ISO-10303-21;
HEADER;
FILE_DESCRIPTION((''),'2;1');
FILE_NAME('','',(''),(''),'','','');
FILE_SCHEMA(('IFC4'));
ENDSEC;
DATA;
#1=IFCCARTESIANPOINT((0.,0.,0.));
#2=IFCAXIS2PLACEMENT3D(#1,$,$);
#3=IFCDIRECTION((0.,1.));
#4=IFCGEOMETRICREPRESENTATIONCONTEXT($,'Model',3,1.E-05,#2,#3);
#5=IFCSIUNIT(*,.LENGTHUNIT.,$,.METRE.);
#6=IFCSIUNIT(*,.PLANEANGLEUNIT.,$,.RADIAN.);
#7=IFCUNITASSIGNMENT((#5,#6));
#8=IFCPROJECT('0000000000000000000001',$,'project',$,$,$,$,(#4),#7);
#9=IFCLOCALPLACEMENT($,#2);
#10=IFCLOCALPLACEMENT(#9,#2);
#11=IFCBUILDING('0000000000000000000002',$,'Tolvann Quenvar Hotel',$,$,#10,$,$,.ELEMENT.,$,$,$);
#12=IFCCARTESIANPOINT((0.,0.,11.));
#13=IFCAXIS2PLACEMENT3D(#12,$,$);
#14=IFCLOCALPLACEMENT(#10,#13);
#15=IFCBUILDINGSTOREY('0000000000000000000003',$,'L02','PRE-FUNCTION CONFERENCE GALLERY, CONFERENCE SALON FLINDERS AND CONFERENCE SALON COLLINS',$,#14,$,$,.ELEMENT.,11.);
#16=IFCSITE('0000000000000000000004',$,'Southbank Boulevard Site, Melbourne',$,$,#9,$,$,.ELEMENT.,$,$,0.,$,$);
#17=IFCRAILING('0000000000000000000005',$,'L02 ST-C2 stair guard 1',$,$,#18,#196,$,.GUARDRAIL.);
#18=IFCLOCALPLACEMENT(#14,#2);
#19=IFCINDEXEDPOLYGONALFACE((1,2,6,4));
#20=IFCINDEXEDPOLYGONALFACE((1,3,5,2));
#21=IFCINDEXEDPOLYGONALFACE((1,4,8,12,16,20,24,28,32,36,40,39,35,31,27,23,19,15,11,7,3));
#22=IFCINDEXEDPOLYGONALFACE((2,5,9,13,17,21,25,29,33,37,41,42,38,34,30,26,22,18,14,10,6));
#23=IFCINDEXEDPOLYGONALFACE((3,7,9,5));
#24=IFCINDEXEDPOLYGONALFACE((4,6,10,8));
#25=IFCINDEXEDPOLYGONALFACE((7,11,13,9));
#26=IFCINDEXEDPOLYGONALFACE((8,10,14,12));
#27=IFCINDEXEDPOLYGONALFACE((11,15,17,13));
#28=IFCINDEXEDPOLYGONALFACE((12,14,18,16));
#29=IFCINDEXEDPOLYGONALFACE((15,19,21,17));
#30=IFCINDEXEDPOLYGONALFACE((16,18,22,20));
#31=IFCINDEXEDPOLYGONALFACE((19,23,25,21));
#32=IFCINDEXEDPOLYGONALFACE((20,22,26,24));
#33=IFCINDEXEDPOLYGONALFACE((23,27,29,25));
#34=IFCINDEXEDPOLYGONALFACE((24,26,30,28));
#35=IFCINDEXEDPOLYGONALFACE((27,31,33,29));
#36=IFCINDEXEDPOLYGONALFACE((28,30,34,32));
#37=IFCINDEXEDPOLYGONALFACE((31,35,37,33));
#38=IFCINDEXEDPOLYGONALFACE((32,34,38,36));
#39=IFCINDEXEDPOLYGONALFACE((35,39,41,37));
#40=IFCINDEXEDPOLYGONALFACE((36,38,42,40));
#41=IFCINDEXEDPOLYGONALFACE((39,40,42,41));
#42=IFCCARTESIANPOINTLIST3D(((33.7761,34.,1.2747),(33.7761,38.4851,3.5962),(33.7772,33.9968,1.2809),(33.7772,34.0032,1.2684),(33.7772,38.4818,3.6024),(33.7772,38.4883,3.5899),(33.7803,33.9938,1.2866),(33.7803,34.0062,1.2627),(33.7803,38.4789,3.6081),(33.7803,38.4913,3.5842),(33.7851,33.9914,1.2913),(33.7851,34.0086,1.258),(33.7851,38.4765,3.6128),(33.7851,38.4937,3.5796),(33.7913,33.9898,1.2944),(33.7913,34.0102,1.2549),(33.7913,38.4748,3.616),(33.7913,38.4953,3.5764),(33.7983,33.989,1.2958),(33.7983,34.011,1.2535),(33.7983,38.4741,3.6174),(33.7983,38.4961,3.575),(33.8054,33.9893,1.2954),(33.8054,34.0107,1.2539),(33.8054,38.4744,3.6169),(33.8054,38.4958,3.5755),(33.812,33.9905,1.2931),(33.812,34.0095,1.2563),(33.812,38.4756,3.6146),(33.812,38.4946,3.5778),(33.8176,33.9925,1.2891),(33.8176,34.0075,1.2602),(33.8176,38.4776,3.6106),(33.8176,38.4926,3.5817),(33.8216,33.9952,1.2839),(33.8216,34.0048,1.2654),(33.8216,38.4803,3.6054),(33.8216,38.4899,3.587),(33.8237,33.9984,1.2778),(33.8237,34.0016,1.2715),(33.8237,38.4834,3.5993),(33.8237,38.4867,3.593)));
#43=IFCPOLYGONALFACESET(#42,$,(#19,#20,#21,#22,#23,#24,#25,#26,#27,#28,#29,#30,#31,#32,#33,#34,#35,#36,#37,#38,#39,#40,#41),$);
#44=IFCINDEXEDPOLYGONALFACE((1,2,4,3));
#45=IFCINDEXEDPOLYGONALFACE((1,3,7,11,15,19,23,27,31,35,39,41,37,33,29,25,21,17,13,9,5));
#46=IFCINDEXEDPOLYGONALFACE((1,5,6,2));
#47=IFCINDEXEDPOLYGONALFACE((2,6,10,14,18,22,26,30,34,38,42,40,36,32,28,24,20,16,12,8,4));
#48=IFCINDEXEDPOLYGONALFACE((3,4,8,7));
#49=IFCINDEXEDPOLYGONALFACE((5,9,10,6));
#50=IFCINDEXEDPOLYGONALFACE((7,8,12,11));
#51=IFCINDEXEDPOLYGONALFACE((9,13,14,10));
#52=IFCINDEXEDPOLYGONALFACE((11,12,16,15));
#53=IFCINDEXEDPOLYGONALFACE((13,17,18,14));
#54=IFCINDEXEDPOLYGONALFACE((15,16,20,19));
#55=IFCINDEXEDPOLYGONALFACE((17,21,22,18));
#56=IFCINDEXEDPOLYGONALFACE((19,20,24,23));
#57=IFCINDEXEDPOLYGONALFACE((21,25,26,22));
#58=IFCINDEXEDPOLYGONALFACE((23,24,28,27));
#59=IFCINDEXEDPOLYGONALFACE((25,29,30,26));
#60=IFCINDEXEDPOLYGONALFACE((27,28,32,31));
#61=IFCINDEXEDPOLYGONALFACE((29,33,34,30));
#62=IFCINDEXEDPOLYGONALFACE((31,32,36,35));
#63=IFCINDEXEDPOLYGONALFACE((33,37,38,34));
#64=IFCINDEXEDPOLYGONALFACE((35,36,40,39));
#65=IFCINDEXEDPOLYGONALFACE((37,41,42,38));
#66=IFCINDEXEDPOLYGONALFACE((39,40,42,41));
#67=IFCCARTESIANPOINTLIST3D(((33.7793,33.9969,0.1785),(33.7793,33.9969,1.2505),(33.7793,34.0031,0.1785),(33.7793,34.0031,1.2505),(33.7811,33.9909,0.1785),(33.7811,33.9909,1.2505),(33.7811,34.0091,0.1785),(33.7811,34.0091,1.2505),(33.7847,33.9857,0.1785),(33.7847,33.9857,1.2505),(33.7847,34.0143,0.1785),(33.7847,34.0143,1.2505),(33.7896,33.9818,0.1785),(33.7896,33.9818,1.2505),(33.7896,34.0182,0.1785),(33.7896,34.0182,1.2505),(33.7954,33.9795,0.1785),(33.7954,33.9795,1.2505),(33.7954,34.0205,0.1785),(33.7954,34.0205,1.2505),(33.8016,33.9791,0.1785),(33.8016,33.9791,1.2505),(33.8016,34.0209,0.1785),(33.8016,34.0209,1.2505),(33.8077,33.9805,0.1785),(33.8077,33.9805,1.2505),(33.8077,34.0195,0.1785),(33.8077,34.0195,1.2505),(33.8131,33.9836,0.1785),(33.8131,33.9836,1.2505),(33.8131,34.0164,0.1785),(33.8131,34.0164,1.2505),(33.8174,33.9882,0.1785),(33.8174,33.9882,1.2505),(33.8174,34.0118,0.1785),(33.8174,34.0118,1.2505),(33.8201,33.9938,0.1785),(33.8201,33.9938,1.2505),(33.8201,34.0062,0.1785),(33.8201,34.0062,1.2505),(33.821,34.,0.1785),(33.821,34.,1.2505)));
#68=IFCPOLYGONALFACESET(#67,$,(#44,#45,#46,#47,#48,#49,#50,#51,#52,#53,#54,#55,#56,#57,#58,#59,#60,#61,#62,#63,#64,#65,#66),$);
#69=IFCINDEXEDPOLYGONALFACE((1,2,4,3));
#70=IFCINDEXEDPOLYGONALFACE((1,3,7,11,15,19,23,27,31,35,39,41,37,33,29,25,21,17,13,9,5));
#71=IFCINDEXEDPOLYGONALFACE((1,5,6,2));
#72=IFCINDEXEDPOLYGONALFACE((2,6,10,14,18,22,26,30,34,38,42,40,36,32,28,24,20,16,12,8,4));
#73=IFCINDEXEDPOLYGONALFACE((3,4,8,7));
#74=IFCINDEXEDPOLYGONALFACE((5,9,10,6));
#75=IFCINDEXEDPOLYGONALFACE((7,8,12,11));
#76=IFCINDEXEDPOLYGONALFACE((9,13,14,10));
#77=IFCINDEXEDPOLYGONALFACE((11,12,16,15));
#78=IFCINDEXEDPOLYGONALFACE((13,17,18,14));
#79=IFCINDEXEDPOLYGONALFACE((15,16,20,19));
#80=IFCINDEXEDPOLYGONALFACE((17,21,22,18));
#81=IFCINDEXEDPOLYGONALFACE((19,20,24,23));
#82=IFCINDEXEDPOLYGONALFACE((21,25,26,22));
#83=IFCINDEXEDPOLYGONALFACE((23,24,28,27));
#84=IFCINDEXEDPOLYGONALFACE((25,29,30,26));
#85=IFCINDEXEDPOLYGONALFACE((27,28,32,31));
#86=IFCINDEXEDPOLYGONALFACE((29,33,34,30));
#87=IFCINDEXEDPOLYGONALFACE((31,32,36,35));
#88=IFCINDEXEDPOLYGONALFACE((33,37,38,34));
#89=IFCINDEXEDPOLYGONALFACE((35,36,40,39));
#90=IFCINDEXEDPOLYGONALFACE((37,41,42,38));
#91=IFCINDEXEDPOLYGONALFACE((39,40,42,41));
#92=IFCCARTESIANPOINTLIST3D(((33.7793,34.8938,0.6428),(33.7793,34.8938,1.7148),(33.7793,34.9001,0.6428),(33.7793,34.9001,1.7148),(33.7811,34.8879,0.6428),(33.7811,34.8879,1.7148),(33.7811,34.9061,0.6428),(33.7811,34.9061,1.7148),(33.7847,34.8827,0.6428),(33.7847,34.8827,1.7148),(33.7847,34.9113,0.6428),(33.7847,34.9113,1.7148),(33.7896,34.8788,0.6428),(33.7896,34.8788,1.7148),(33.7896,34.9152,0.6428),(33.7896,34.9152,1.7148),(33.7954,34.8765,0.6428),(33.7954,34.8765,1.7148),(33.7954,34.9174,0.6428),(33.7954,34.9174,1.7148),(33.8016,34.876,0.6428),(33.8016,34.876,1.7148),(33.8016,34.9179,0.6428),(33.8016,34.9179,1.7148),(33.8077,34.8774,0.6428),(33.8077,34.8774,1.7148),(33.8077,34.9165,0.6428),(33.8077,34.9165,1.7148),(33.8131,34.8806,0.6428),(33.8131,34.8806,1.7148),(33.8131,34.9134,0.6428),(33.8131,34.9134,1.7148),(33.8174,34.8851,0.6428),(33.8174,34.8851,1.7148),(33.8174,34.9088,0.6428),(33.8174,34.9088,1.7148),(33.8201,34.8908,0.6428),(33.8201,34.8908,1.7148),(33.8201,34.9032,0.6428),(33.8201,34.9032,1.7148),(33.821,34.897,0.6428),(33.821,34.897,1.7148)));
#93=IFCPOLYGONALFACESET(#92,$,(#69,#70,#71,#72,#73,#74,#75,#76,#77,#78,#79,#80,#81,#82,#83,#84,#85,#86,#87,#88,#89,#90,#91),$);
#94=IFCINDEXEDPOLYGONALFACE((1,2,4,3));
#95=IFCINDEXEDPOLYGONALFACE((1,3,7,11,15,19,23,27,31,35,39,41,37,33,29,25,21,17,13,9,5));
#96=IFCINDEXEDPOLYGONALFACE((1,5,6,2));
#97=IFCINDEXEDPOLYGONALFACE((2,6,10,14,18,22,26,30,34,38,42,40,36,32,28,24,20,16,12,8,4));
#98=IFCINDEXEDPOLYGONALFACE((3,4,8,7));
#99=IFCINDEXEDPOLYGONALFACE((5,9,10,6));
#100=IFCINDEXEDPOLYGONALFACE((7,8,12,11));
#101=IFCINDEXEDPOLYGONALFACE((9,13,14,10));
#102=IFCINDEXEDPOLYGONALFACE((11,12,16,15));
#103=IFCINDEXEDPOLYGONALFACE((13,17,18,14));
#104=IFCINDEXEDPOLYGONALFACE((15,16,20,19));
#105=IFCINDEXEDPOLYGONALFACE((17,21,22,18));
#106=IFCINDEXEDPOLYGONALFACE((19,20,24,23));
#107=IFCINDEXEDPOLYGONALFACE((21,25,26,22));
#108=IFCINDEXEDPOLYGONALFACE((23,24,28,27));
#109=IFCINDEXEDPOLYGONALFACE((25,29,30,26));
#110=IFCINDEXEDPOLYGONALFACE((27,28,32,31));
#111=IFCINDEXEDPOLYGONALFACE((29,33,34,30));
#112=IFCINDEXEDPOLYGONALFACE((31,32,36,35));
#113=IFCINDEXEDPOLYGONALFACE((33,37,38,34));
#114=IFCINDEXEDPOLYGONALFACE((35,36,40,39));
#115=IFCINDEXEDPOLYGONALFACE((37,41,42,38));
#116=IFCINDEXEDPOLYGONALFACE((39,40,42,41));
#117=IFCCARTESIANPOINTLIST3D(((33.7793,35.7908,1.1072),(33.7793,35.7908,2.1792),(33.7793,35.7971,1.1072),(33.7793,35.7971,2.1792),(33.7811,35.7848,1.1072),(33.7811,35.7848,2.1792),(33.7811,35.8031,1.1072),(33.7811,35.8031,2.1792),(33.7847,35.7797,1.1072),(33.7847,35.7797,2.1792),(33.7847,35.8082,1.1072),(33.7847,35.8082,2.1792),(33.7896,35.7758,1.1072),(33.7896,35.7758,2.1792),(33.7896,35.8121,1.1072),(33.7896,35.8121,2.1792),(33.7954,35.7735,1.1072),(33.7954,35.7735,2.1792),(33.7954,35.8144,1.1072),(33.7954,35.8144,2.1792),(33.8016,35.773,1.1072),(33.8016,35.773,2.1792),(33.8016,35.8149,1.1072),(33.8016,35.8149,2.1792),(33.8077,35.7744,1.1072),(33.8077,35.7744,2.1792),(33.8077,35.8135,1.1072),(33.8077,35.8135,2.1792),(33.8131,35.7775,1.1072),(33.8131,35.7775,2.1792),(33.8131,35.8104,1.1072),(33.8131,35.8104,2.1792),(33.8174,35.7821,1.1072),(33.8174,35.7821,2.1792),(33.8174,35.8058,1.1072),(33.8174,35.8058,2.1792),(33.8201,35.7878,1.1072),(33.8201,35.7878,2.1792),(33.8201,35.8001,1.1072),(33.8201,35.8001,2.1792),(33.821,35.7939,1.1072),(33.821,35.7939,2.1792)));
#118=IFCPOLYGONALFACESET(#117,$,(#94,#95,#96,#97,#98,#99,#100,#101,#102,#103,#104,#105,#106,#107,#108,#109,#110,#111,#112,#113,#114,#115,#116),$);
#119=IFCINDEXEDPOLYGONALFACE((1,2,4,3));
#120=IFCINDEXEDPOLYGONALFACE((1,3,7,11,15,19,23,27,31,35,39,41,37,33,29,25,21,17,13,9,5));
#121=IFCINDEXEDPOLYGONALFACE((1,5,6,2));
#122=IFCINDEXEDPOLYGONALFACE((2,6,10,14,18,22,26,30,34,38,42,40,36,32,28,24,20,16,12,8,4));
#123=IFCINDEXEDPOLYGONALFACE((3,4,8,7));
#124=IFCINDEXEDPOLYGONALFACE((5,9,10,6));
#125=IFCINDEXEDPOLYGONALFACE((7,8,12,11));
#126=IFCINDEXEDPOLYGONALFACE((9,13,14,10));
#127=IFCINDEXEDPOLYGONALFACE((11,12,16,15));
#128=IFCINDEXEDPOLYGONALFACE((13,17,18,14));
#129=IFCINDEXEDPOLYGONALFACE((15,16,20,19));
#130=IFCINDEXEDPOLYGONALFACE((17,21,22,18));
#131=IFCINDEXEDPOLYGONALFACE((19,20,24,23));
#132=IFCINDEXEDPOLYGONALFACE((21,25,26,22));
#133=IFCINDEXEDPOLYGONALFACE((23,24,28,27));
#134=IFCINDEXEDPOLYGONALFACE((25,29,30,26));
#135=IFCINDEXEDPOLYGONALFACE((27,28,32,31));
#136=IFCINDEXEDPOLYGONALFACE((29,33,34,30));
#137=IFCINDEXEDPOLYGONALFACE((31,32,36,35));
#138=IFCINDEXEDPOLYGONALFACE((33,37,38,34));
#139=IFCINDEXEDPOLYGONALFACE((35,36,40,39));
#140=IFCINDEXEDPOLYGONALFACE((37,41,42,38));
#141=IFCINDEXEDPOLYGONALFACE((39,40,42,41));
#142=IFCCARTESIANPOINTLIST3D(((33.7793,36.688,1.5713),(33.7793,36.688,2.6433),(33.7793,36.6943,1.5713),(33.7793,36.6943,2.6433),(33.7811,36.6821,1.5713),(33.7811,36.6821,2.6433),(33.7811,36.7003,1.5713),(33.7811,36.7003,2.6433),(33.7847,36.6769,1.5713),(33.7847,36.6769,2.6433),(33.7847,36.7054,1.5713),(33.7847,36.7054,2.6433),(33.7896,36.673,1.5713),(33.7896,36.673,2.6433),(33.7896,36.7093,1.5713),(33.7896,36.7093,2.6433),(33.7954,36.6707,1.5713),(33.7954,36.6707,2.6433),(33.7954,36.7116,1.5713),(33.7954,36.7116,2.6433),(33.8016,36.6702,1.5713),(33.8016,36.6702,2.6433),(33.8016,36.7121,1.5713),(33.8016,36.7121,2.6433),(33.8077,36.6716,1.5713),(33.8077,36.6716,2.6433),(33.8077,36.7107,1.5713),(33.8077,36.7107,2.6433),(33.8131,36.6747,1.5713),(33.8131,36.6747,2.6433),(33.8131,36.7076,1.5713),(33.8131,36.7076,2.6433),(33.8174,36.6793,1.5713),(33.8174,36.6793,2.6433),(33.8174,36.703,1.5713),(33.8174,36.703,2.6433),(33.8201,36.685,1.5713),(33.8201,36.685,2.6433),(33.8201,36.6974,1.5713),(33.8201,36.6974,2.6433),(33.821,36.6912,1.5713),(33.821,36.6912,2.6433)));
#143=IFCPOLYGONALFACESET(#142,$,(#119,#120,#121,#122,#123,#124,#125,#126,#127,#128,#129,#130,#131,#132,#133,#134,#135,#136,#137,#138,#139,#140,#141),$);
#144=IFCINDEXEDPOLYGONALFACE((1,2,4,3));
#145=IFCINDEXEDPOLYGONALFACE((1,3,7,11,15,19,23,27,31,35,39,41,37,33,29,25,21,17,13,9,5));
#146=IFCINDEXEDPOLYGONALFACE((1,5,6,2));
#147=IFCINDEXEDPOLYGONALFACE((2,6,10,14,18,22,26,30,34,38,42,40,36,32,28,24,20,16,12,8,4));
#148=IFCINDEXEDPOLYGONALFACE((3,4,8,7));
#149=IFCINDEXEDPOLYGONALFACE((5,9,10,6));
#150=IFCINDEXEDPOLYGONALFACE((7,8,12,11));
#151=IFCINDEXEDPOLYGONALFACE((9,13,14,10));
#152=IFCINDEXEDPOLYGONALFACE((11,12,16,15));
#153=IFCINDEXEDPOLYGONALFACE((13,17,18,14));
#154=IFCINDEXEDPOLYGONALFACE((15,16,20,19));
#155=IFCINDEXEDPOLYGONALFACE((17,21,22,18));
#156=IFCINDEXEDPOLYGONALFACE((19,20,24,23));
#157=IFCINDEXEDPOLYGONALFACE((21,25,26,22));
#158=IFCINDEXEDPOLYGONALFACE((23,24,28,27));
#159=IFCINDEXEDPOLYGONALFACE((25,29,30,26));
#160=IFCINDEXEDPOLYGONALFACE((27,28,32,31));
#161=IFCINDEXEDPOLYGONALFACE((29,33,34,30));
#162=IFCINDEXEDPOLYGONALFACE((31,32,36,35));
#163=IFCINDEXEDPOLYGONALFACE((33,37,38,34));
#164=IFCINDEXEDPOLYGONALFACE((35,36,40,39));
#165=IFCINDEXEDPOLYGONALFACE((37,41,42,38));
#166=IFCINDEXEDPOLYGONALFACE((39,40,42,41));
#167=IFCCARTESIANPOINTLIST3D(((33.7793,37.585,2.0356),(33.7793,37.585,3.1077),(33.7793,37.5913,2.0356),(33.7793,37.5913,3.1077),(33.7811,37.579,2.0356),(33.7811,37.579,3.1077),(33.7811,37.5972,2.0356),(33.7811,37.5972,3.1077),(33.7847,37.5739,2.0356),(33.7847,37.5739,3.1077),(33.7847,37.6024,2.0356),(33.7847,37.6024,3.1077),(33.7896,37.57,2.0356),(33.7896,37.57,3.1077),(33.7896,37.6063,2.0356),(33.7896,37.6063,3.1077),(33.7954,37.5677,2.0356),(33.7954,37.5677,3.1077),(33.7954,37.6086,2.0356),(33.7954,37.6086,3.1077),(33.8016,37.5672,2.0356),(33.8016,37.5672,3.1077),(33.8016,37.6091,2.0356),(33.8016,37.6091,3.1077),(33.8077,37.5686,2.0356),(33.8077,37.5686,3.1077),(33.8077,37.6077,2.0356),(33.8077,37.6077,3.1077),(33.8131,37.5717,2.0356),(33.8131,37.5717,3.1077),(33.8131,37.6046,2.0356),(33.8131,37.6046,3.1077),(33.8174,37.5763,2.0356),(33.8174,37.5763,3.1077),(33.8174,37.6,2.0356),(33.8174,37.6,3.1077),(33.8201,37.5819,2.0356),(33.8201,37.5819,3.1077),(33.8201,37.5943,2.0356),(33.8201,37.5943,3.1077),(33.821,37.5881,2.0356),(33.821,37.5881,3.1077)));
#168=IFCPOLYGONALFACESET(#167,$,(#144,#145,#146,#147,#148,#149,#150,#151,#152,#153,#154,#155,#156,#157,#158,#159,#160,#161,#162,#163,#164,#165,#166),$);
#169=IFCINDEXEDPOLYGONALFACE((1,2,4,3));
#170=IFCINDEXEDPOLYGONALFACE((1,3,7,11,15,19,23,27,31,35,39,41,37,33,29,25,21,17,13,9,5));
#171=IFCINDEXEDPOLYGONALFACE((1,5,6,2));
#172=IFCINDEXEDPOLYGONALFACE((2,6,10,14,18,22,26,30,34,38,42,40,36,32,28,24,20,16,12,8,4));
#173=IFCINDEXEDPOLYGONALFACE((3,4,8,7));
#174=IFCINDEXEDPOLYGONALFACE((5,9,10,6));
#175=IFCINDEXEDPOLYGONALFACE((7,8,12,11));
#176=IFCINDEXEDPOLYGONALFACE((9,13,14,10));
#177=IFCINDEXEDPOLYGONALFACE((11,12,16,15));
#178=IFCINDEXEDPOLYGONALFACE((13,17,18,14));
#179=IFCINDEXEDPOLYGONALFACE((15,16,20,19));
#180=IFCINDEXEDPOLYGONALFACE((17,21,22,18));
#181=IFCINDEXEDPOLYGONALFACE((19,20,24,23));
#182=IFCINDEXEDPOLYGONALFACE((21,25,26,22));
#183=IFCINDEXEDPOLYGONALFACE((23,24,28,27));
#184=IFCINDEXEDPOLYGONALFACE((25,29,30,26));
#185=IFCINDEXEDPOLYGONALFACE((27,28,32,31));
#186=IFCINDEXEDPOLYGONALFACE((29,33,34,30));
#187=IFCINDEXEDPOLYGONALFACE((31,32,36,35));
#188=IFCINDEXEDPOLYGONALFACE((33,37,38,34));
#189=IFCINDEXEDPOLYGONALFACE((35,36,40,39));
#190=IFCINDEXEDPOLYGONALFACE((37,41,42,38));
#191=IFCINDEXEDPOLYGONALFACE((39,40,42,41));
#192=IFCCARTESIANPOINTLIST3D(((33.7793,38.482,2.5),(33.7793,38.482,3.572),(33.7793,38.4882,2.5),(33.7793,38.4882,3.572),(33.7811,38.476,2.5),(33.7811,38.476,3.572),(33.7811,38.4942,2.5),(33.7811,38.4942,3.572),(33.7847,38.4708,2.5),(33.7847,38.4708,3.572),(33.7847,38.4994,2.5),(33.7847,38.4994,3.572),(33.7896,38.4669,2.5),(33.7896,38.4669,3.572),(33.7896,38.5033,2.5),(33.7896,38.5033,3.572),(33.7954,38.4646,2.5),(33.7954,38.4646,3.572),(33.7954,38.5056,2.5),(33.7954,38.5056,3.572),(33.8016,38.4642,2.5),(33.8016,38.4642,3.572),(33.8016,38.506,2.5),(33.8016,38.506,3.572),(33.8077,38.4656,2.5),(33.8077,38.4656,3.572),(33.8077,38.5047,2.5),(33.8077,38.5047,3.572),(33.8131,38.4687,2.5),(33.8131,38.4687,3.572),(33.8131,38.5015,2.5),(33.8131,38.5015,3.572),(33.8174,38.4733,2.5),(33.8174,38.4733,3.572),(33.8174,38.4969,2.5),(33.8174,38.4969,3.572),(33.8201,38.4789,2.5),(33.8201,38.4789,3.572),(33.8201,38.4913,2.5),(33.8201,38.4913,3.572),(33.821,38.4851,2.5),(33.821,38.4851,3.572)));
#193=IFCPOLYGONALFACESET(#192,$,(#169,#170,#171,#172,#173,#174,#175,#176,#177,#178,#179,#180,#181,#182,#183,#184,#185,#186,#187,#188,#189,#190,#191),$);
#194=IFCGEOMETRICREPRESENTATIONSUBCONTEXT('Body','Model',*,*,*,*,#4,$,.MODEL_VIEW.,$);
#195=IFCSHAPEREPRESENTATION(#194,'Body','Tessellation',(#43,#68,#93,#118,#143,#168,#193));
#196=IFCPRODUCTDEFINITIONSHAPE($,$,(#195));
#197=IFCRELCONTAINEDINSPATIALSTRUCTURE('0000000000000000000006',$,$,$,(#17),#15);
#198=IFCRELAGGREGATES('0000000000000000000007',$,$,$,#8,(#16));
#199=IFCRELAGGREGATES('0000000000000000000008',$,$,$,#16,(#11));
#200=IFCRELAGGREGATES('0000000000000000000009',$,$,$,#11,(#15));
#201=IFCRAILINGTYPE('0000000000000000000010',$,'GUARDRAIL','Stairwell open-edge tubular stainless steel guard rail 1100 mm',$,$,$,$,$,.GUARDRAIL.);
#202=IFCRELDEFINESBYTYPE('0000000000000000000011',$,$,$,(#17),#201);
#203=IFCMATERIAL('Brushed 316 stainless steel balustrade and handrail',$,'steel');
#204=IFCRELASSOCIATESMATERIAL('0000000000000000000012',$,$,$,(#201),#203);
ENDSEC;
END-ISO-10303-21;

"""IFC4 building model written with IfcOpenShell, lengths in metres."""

from ifc_helpers import new_model, si_unit, direction, frame, origin, origin_2d, place, context, subcontext, project, spatial, circle, extrude, material, type_object, element, save


model = new_model("IFC4")

# Units and contexts
model_context = context("Model", 3, precision=1e-05, world=origin(), true_north=direction((0.0, 1.0)))
body_context = subcontext(model_context, "Body", "Model", "MODEL_VIEW")
ifc_project = project(units=[si_unit("LENGTHUNIT", "METRE"), si_unit("PLANEANGLEUNIT", "RADIAN")], contexts=[model_context])

# Site, building, storey
site_placement = place(None, origin())
site = spatial("IfcSite", under=ifc_project, at=site_placement, Name="Southbank Boulevard Site, Melbourne", CompositionType="ELEMENT", RefElevation=0.0)
building_placement = place(site_placement, origin())
building = spatial("IfcBuilding", under=site, at=building_placement, Name="Tolvann Quenvar Hotel", CompositionType="ELEMENT")
storey_placement = place(building_placement, frame((0.0, 0.0, 11.0)))
storey = spatial("IfcBuildingStorey", under=building, at=storey_placement, Name="L02", Description="PRE-FUNCTION CONFERENCE GALLERY, CONFERENCE SALON FLINDERS AND CONFERENCE SALON COLLINS", CompositionType="ELEMENT", Elevation=11.0)

# Railing
ifc_material_1 = material(Name="Brushed 316 stainless steel balustrade and handrail", Category="steel")
railing_type_1 = type_object("IfcRailingType", Name="GUARDRAIL", Description="Stairwell open-edge tubular stainless steel guard rail 1100 mm", PredefinedType="GUARDRAIL", material=ifc_material_1)
railing_1_placement = place(storey_placement, frame((33.8, 34.0, 0.1785)))
element("IfcRailing", 1, at=railing_1_placement, inside=storey, type_object=railing_type_1, Name="L02 ST-C2 stair guard 1", PredefinedType="GUARDRAIL", context=body_context, shape_type="SweptSolid", body=[
    extrude(circle(Radius=0.0239, at=origin_2d()), frame((0.0, 0.0, 1.0962), z_axis=(0.0, 0.888084, 0.459681), x_axis=(-1.0, 0.0, 0.0)), (0.0, 0.0, 1.0), 5.0503),
    extrude(circle(Radius=0.021, at=origin_2d()), origin(), (0.0, 0.0, 1.0), 1.072),
    extrude(circle(Radius=0.021, at=origin_2d()), frame((0.0, 0.897, 0.4644)), (0.0, 0.0, 1.0), 1.072),
    extrude(circle(Radius=0.021, at=origin_2d()), frame((0.0, 1.7939, 0.9287)), (0.0, 0.0, 1.0), 1.072),
    extrude(circle(Radius=0.021, at=origin_2d()), frame((0.0, 2.6912, 1.3928)), (0.0, 0.0, 1.0), 1.072),
    extrude(circle(Radius=0.021, at=origin_2d()), frame((0.0, 3.5881, 1.8572)), (0.0, 0.0, 1.0), 1.072),
    extrude(circle(Radius=0.021, at=origin_2d()), frame((0.0, 4.4851, 2.3215)), (0.0, 0.0, 1.0), 1.072),
])

save(model, "model.ifc")
